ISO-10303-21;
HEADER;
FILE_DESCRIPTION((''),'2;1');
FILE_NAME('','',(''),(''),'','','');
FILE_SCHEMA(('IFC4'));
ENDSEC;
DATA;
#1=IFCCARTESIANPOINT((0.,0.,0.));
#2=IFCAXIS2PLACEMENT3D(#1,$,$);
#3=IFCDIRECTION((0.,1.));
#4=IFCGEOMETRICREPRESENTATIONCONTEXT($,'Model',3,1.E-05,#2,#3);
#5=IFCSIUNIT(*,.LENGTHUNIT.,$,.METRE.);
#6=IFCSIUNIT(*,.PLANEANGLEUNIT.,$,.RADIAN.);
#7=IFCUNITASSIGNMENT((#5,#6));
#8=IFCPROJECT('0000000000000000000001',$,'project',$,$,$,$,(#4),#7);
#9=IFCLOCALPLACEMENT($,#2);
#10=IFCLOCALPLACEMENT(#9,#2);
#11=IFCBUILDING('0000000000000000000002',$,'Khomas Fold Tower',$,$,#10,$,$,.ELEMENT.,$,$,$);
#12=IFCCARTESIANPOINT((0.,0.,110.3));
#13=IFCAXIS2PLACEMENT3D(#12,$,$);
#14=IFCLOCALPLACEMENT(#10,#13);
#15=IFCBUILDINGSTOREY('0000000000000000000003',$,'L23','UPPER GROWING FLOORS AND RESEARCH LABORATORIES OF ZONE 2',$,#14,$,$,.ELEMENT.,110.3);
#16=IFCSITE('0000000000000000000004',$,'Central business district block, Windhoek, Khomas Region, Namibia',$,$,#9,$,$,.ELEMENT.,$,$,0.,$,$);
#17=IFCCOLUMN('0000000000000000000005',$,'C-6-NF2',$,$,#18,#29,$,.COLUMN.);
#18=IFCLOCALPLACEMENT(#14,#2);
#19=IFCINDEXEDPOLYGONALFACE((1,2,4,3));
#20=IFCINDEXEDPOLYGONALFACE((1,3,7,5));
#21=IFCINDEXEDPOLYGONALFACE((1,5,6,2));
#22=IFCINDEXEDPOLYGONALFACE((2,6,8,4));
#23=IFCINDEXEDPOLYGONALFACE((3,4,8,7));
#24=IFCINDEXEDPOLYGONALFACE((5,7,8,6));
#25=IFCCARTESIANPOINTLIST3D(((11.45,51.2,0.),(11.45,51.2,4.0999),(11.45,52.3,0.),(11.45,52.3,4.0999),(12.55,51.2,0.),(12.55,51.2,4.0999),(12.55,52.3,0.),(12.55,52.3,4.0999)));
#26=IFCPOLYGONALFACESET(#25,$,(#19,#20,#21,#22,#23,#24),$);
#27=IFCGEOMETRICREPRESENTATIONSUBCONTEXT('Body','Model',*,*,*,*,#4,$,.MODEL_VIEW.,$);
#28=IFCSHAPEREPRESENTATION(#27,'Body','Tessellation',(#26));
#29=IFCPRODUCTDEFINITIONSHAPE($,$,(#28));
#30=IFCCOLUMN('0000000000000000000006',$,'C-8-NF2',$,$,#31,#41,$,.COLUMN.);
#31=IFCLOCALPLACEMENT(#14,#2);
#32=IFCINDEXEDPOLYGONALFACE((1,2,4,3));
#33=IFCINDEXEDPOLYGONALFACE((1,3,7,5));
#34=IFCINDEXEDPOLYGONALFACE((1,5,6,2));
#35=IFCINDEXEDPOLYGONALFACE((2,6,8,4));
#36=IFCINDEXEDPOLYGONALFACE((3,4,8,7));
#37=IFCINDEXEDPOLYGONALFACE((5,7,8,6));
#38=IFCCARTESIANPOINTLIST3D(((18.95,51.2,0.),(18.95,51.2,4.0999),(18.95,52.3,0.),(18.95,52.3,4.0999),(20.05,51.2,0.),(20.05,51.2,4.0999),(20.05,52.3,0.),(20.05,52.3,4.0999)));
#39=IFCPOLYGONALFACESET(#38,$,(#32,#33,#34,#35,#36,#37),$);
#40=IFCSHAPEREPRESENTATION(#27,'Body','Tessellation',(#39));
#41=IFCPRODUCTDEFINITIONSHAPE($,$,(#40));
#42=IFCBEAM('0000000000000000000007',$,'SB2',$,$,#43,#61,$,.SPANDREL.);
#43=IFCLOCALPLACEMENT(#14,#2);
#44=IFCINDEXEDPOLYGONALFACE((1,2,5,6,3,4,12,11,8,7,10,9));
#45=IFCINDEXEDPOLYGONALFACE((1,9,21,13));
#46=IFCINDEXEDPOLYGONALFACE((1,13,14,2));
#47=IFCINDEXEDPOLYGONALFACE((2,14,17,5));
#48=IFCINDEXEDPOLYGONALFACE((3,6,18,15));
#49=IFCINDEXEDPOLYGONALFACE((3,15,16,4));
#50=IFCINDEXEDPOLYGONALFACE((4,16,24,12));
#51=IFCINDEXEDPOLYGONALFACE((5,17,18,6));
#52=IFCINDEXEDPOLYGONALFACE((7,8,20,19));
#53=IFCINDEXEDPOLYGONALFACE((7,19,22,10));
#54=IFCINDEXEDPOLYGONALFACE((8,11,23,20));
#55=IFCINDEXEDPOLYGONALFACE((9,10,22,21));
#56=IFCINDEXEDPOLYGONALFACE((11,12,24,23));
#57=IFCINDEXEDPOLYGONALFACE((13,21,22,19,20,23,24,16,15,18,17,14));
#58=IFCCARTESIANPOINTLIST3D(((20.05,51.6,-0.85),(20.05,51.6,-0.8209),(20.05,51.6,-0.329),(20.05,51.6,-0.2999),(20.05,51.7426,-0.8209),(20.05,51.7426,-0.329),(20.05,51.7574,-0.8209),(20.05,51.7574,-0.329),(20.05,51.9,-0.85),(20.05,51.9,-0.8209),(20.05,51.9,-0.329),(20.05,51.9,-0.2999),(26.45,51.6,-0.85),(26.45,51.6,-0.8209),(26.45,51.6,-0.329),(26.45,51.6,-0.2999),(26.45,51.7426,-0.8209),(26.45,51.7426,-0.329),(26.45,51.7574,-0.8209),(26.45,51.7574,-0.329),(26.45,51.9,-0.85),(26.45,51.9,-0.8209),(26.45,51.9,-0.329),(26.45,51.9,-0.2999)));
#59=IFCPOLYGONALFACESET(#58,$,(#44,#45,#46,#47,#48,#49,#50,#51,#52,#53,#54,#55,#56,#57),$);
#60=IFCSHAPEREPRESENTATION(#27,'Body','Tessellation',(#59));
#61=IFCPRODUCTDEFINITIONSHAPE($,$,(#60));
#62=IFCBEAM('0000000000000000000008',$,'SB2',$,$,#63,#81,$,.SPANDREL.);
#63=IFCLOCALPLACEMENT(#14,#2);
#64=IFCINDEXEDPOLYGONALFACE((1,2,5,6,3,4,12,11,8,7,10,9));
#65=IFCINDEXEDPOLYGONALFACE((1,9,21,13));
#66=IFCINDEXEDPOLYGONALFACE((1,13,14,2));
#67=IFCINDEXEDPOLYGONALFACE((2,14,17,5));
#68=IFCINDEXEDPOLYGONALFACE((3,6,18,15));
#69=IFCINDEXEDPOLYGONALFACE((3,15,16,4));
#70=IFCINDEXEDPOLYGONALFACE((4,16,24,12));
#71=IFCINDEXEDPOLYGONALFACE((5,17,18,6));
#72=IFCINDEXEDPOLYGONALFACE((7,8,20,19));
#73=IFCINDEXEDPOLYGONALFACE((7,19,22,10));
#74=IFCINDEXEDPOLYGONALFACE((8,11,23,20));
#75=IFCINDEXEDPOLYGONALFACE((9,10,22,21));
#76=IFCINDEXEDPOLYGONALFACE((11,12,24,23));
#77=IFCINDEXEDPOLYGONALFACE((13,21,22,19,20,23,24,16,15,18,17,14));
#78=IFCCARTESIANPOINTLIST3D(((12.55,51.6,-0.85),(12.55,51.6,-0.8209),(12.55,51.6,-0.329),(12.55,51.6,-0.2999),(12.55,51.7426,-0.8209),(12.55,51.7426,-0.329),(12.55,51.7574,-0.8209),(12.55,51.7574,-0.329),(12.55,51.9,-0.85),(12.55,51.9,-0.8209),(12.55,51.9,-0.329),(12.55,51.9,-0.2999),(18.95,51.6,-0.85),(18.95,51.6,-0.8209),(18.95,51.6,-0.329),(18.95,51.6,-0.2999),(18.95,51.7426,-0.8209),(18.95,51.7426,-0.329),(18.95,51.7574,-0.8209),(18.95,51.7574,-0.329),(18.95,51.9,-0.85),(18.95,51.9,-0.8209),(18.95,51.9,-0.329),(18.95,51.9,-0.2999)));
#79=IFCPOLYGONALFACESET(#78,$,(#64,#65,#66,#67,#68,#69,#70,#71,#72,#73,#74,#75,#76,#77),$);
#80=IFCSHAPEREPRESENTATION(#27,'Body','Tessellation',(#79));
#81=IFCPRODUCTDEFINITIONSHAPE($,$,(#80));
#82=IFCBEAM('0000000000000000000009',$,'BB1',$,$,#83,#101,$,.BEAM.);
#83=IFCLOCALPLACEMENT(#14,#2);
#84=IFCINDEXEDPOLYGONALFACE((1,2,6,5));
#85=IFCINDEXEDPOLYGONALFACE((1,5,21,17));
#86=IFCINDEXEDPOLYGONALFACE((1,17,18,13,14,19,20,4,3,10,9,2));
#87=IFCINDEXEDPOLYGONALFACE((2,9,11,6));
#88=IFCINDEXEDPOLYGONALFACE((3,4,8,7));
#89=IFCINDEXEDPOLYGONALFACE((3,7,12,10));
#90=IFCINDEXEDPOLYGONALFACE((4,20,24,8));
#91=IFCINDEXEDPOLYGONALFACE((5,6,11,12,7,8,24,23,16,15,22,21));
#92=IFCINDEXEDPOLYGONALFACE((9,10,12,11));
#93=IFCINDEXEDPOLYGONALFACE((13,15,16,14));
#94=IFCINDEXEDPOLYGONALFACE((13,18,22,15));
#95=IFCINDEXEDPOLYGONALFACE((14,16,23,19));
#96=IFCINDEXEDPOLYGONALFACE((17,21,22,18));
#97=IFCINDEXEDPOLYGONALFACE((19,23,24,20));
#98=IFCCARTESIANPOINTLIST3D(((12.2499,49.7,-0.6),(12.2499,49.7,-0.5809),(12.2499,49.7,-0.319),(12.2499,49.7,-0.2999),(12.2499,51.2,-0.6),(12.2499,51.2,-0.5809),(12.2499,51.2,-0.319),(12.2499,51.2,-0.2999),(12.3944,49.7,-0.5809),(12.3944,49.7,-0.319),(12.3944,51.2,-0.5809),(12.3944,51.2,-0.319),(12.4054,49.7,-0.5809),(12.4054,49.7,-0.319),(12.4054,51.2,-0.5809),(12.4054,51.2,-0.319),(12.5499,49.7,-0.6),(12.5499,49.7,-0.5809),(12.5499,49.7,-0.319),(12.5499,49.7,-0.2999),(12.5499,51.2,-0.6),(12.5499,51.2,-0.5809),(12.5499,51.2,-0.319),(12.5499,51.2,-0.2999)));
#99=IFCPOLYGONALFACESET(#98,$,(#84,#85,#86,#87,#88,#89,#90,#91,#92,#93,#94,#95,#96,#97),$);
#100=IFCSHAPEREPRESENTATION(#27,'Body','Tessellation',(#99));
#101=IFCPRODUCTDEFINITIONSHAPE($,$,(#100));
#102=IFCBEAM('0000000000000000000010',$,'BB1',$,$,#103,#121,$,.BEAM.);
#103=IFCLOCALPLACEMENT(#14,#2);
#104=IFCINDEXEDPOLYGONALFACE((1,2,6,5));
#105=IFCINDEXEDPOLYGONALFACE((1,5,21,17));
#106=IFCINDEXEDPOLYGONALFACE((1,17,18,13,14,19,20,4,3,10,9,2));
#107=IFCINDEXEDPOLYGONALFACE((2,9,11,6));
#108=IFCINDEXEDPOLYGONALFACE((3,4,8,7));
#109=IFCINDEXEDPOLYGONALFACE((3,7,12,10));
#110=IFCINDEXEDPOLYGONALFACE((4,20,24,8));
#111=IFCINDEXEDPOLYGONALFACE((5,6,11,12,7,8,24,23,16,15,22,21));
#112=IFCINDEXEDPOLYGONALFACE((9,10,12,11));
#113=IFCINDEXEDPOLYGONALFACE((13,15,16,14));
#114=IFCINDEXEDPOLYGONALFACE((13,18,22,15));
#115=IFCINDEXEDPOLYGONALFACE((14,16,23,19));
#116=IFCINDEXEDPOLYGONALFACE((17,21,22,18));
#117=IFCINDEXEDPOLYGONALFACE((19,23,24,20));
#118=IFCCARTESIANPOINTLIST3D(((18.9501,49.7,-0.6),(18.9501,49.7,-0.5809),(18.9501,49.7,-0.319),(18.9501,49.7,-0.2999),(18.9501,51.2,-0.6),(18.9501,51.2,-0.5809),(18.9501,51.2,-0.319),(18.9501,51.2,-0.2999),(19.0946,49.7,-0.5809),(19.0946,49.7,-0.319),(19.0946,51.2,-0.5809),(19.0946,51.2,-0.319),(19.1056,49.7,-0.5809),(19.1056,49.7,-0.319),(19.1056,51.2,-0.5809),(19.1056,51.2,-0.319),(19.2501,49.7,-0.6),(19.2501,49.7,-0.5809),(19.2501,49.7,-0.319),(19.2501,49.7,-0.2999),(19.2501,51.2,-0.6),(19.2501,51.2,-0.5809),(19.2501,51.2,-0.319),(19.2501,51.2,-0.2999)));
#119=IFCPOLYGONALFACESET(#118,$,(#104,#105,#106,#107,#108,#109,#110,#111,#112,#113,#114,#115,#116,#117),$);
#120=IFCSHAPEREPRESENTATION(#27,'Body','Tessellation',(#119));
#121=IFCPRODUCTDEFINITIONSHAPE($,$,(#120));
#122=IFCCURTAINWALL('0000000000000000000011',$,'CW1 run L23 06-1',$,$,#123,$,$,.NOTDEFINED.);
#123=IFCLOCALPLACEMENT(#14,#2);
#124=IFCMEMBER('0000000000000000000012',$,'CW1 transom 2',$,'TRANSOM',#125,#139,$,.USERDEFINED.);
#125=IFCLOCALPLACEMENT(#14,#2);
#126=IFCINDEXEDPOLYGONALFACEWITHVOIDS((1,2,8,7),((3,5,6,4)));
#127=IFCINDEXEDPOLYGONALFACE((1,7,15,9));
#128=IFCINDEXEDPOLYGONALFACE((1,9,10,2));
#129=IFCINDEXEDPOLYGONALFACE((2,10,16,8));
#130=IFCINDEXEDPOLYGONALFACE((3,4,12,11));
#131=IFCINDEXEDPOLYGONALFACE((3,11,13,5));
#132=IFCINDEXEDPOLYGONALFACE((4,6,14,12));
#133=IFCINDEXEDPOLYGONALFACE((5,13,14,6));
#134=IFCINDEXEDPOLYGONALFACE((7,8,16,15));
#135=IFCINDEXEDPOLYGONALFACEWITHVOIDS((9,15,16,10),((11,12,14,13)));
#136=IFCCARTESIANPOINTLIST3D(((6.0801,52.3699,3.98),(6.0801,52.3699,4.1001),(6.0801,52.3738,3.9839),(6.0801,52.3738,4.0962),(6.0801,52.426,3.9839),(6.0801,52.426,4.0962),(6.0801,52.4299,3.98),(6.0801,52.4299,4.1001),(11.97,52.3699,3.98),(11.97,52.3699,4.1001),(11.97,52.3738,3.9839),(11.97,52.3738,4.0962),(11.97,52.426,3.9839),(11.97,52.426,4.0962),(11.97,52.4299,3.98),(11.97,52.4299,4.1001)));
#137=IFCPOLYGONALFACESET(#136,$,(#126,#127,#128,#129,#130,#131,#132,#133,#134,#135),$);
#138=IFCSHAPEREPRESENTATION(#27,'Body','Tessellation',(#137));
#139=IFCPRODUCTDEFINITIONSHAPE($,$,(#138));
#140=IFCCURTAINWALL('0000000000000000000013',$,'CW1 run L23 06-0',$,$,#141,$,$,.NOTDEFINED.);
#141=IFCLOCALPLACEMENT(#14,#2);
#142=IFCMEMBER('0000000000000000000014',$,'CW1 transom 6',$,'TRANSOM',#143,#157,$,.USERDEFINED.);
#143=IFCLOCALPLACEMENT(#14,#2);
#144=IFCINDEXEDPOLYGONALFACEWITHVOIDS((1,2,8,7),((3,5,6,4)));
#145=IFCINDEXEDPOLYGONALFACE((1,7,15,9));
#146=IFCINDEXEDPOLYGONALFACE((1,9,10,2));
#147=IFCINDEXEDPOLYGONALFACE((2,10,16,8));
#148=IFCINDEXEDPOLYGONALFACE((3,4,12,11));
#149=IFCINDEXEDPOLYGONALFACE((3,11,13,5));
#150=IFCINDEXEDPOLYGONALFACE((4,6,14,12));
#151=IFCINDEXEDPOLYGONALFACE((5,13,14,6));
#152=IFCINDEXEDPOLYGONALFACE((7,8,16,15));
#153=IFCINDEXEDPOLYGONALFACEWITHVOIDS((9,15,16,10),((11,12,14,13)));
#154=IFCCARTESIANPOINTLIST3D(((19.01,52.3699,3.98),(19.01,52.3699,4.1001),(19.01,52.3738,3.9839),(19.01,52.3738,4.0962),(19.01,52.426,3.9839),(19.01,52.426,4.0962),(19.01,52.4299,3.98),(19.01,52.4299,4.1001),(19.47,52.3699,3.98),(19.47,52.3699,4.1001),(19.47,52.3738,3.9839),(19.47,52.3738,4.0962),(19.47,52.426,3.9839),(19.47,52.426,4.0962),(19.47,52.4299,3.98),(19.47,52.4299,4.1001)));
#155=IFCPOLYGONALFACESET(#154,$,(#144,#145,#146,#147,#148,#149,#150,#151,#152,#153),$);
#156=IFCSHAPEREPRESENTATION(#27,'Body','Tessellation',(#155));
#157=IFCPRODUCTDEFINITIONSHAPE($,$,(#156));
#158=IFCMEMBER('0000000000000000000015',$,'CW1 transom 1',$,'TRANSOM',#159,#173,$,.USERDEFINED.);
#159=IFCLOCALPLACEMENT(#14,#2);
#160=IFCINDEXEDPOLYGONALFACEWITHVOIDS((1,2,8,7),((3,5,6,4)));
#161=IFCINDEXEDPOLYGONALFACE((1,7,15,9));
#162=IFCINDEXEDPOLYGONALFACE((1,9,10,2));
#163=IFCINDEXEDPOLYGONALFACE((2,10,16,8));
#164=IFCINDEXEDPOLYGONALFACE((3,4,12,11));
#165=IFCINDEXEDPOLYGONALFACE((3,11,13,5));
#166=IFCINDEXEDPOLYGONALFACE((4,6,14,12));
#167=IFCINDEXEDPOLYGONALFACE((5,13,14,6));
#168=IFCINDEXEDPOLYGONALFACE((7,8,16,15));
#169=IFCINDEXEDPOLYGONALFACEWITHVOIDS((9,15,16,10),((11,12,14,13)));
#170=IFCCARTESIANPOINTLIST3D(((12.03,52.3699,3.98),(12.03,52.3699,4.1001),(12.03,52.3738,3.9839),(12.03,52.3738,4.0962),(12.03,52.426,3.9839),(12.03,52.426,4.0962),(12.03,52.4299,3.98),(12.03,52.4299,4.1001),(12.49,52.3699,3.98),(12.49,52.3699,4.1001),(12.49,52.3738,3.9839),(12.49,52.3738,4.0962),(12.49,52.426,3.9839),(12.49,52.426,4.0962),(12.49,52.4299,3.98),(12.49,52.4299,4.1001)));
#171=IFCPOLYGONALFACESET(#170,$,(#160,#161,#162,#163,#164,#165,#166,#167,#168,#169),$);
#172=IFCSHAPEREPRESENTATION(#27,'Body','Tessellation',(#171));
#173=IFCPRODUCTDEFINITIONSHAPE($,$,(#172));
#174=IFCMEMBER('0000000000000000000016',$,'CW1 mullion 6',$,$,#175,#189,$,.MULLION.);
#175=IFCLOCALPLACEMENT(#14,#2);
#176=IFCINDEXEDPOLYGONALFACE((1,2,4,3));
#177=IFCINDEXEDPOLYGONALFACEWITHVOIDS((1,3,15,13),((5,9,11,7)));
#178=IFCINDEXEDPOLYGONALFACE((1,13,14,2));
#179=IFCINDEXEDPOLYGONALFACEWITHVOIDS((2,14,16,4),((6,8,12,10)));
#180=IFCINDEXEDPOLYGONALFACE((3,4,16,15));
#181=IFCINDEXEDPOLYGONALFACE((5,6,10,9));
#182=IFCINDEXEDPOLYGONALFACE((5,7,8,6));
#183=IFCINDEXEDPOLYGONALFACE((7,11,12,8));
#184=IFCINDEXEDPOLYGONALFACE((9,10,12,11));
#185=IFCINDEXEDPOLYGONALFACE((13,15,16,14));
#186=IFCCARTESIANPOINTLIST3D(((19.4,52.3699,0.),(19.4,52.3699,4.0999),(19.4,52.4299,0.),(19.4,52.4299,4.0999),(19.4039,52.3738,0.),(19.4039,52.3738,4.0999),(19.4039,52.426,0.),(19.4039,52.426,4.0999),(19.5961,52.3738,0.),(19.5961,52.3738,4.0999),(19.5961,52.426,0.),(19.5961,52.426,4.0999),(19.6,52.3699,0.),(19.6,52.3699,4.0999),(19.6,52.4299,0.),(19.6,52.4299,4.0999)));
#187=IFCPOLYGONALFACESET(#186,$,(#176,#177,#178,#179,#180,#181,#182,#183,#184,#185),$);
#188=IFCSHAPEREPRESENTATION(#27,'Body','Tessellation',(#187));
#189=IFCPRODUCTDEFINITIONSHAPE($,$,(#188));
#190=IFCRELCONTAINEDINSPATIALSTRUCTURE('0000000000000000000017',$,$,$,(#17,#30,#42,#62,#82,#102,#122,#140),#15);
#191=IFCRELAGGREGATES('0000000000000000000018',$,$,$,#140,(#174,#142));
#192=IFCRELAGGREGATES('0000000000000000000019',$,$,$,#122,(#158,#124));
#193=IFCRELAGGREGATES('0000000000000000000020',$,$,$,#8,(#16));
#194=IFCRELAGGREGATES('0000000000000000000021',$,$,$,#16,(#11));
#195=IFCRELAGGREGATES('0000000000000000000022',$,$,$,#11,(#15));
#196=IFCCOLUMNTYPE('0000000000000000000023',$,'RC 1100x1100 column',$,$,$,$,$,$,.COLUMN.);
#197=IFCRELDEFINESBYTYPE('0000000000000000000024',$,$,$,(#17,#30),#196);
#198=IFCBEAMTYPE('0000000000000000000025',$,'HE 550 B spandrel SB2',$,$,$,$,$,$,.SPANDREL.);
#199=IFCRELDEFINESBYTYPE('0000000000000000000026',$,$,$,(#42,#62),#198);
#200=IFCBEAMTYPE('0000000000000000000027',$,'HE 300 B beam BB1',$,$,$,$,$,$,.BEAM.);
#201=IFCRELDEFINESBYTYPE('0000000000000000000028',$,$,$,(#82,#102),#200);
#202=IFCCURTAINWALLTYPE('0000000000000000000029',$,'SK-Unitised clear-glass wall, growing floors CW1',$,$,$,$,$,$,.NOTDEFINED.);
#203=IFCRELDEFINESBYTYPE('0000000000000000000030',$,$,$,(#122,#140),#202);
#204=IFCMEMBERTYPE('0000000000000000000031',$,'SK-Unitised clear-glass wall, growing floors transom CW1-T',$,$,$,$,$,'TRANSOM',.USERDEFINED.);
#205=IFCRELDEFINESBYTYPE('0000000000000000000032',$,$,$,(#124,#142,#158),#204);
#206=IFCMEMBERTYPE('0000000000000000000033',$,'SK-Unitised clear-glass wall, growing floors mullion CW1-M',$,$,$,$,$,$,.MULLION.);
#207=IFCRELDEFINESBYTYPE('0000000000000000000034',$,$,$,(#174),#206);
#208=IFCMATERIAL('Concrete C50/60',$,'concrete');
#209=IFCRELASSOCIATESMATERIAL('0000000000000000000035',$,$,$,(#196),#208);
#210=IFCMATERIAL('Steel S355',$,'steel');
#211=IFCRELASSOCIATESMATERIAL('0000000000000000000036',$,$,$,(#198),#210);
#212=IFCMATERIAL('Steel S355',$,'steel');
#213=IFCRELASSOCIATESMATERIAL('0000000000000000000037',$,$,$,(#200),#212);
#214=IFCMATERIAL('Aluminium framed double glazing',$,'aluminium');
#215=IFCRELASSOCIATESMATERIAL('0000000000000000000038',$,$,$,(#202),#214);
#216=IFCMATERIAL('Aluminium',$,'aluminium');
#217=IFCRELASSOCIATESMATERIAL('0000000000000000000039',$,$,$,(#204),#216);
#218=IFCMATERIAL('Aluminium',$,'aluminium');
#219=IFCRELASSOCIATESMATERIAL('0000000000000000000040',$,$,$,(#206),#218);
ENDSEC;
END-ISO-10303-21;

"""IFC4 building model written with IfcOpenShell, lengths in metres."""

from ifc_helpers import new_model, si_unit, direction, frame, origin, origin_2d, place, context, subcontext, project, spatial, rectangle, hollow_rectangle, i_section, extrude, source, transform, mapped, material, material_profile, profile_set, type_object, element, aggregate, save


model = new_model("IFC4")

# Units and contexts
model_context = context("Model", 3, precision=1e-05, world=origin(), true_north=direction((0.0, 1.0)))
body_context = subcontext(model_context, "Body", "Model", "MODEL_VIEW")
ifc_project = project(units=[si_unit("LENGTHUNIT", "METRE"), si_unit("PLANEANGLEUNIT", "RADIAN")], contexts=[model_context])

# Site, building, storey
site_placement = place(None, origin())
site = spatial("IfcSite", under=ifc_project, at=site_placement, Name="Central business district block, Windhoek, Khomas Region, Namibia", CompositionType="ELEMENT", RefElevation=0.0)
building_placement = place(site_placement, origin())
building = spatial("IfcBuilding", under=site, at=building_placement, Name="Khomas Fold Tower", CompositionType="ELEMENT")
storey_placement = place(building_placement, frame((0.0, 0.0, 110.3)))
storey = spatial("IfcBuildingStorey", under=building, at=storey_placement, Name="L23", Description="UPPER GROWING FLOORS AND RESEARCH LABORATORIES OF ZONE 2", CompositionType="ELEMENT", Elevation=110.3)

# Columns
ifc_material_1 = material(Name="Concrete C50/60", Category="concrete")
ifc_material_profile_1 = material_profile(ifc_material_1, rectangle(XDim=1.1001, YDim=1.1001, at=origin_2d()), Name="RC 1100x1100")
ifc_profile_set_1 = profile_set([ifc_material_profile_1], Name="Concrete C50/60")
column_type = type_object("IfcColumnType", Name="RC 1100x1100 column", PredefinedType="COLUMN", material=ifc_profile_set_1)
shared_shape_1 = source(origin(), body_context, "Body", "SweptSolid", [
    extrude(rectangle(XDim=1.1001, YDim=1.1001, at=origin_2d()), origin(), (0.0, 0.0, 1.0), 4.0999),
])
for number, where, z_axis, x_axis, name in (
    (1, (12.0, 51.75, 0.0), (0.0, 0.0, 1.0), (1.0, 0.0, 0.0), "C-6-NF2"),
    (2, (19.5, 51.75, 0.0), (0.0, 0.0, 1.0), (1.0, 0.0, 0.0), "C-8-NF2"),
):
    element("IfcColumn", number, at=place(storey_placement, frame(where, z_axis=z_axis, x_axis=x_axis)), inside=storey, type_object=column_type, Name=name, PredefinedType="COLUMN", context=body_context, shape_type="MappedRepresentation", body=[
        mapped(shared_shape_1, transform((0.0, 0.0, 0.0))),
    ])

# Beams
ifc_material_2 = material(Name="Steel S355", Category="steel")
ifc_material_profile_2 = material_profile(ifc_material_2, i_section(OverallWidth=0.3, OverallDepth=0.55, WebThickness=0.0149, FlangeThickness=0.0291, at=origin_2d()), Name="HE 550 B")
ifc_profile_set_2 = profile_set([ifc_material_profile_2], Name="Steel S355")
beam_type_1 = type_object("IfcBeamType", Name="HE 550 B spandrel SB2", PredefinedType="SPANDREL", material=ifc_profile_set_2)
shared_shape_2 = source(origin(), body_context, "Body", "SweptSolid", [
    extrude(i_section(OverallWidth=0.3, OverallDepth=0.55, WebThickness=0.0149, FlangeThickness=0.0291, at=origin_2d()), origin(), (0.0, 0.0, 1.0), 6.3999),
])
for number, where, z_axis, x_axis, name in (
    (3, (20.05, 51.75, -0.575), (1.0, 0.0, 0.0), (0.0, 1.0, 0.0), "SB2"),
    (4, (12.55, 51.75, -0.575), (1.0, 0.0, 0.0), (0.0, 1.0, 0.0), "SB2"),
):
    element("IfcBeam", number, at=place(storey_placement, frame(where, z_axis=z_axis, x_axis=x_axis)), inside=storey, type_object=beam_type_1, Name=name, PredefinedType="SPANDREL", context=body_context, shape_type="MappedRepresentation", body=[
        mapped(shared_shape_2, transform((0.0, 0.0, 0.0))),
    ])
ifc_material_3 = material(Name="Steel S355", Category="steel")
ifc_material_profile_3 = material_profile(ifc_material_3, i_section(OverallWidth=0.3, OverallDepth=0.3, WebThickness=0.011, FlangeThickness=0.019, at=origin_2d()), Name="HE 300 B")
ifc_profile_set_3 = profile_set([ifc_material_profile_3], Name="Steel S355")
beam_type_2 = type_object("IfcBeamType", Name="HE 300 B beam BB1", PredefinedType="BEAM", material=ifc_profile_set_3)
shared_shape_3 = source(origin(), body_context, "Body", "SweptSolid", [
    extrude(i_section(OverallWidth=0.3, OverallDepth=0.3, WebThickness=0.011, FlangeThickness=0.019, at=origin_2d()), origin(), (0.0, 0.0, 1.0), 1.5),
])
for number, where, z_axis, x_axis, name in (
    (5, (12.3999, 49.7, -0.45), (0.0, 1.0, 0.0), (-1.0, 0.0, 0.0), "BB1"),
    (6, (19.1001, 49.7, -0.45), (0.0, 1.0, 0.0), (-1.0, 0.0, 0.0), "BB1"),
):
    element("IfcBeam", number, at=place(storey_placement, frame(where, z_axis=z_axis, x_axis=x_axis)), inside=storey, type_object=beam_type_2, Name=name, PredefinedType="BEAM", context=body_context, shape_type="MappedRepresentation", body=[
        mapped(shared_shape_3, transform((0.0, 0.0, 0.0))),
    ])

# Curtain walls, members
ifc_material_4 = material(Name="Aluminium framed double glazing", Category="aluminium")
curtain_wall_type = type_object("IfcCurtainWallType", Name="SK-Unitised clear-glass wall, growing floors CW1", PredefinedType="NOTDEFINED", material=ifc_material_4)
curtain_wall_1_placement = place(storey_placement, origin())
curtain_wall_1 = element("IfcCurtainWall", 7, at=curtain_wall_1_placement, inside=storey, type_object=curtain_wall_type, Name="CW1 run L23 06-1", PredefinedType="NOTDEFINED")
ifc_material_5 = material(Name="Aluminium", Category="aluminium")
ifc_material_profile_4 = material_profile(ifc_material_5, hollow_rectangle(XDim=0.0601, YDim=0.1201, WallThickness=0.0039, at=origin_2d()), Name="SK-Unitised clear-glass wall, growing floors transom CW1-T")
ifc_profile_set_4 = profile_set([ifc_material_profile_4], Name="Aluminium")
member_type_1 = type_object("IfcMemberType", Name="SK-Unitised clear-glass wall, growing floors transom CW1-T", ElementType="TRANSOM", PredefinedType="USERDEFINED", material=ifc_profile_set_4)
shared_shape_4 = source(origin(), body_context, "Body", "SweptSolid", [
    extrude(hollow_rectangle(XDim=0.0601, YDim=0.1201, WallThickness=0.0039, at=origin_2d()), origin(), (0.0, 0.0, 1.0), 5.8899),
])
member_1_placement = place(storey_placement, frame((11.97, 52.3999, 4.04), z_axis=(-1.0, 0.0, 0.0), x_axis=(0.0, -1.0, 0.0)))
member_1 = element("IfcMember", 8, at=member_1_placement, type_object=member_type_1, Name="CW1 transom 2", ObjectType="TRANSOM", PredefinedType="USERDEFINED", context=body_context, shape_type="MappedRepresentation", body=[
    mapped(shared_shape_4, transform((0.0, 0.0, 0.0))),
])
curtain_wall_2_placement = place(storey_placement, origin())
curtain_wall_2 = element("IfcCurtainWall", 9, at=curtain_wall_2_placement, inside=storey, type_object=curtain_wall_type, Name="CW1 run L23 06-0", PredefinedType="NOTDEFINED")
shared_shape_5 = source(origin(), body_context, "Body", "SweptSolid", [
    extrude(hollow_rectangle(XDim=0.0601, YDim=0.1201, WallThickness=0.0039, at=origin_2d()), origin(), (0.0, 0.0, 1.0), 0.46),
])
member_2_placement = place(storey_placement, frame((19.47, 52.3999, 4.04), z_axis=(-1.0, 0.0, 0.0), x_axis=(0.0, -1.0, 0.0)))
member_2 = element("IfcMember", 10, at=member_2_placement, type_object=member_type_1, Name="CW1 transom 6", ObjectType="TRANSOM", PredefinedType="USERDEFINED", context=body_context, shape_type="MappedRepresentation", body=[
    mapped(shared_shape_5, transform((0.0, 0.0, 0.0))),
])

# Members
member_3_placement = place(storey_placement, frame((12.49, 52.3999, 4.04), z_axis=(-1.0, 0.0, 0.0), x_axis=(0.0, -1.0, 0.0)))
member_3 = element("IfcMember", 11, at=member_3_placement, type_object=member_type_1, Name="CW1 transom 1", ObjectType="TRANSOM", PredefinedType="USERDEFINED", context=body_context, shape_type="MappedRepresentation", body=[
    mapped(shared_shape_5, transform((0.0, 0.0, 0.0))),
])
ifc_material_6 = material(Name="Aluminium", Category="aluminium")
ifc_material_profile_5 = material_profile(ifc_material_6, hollow_rectangle(XDim=0.0601, YDim=0.2, WallThickness=0.0039, at=origin_2d()), Name="SK-Unitised clear-glass wall, growing floors mullion CW1-M")
ifc_profile_set_5 = profile_set([ifc_material_profile_5], Name="Aluminium")
member_type_2 = type_object("IfcMemberType", Name="SK-Unitised clear-glass wall, growing floors mullion CW1-M", PredefinedType="MULLION", material=ifc_profile_set_5)
shared_shape_6 = source(origin(), body_context, "Body", "SweptSolid", [
    extrude(hollow_rectangle(XDim=0.0601, YDim=0.2, WallThickness=0.0039, at=origin_2d()), origin(), (0.0, 0.0, 1.0), 4.0999),
])
member_4_placement = place(storey_placement, frame((19.5, 52.3999, 0.0), z_axis=(0.0, 0.0, 1.0), x_axis=(0.0, -1.0, 0.0)))
member_4 = element("IfcMember", 12, at=member_4_placement, type_object=member_type_2, Name="CW1 mullion 6", PredefinedType="MULLION", context=body_context, shape_type="MappedRepresentation", body=[
    mapped(shared_shape_6, transform((0.0, 0.0, 0.0))),
])

aggregate(curtain_wall_2, [member_4, member_2])
aggregate(curtain_wall_1, [member_3, member_1])

save(model, "model.ifc")
